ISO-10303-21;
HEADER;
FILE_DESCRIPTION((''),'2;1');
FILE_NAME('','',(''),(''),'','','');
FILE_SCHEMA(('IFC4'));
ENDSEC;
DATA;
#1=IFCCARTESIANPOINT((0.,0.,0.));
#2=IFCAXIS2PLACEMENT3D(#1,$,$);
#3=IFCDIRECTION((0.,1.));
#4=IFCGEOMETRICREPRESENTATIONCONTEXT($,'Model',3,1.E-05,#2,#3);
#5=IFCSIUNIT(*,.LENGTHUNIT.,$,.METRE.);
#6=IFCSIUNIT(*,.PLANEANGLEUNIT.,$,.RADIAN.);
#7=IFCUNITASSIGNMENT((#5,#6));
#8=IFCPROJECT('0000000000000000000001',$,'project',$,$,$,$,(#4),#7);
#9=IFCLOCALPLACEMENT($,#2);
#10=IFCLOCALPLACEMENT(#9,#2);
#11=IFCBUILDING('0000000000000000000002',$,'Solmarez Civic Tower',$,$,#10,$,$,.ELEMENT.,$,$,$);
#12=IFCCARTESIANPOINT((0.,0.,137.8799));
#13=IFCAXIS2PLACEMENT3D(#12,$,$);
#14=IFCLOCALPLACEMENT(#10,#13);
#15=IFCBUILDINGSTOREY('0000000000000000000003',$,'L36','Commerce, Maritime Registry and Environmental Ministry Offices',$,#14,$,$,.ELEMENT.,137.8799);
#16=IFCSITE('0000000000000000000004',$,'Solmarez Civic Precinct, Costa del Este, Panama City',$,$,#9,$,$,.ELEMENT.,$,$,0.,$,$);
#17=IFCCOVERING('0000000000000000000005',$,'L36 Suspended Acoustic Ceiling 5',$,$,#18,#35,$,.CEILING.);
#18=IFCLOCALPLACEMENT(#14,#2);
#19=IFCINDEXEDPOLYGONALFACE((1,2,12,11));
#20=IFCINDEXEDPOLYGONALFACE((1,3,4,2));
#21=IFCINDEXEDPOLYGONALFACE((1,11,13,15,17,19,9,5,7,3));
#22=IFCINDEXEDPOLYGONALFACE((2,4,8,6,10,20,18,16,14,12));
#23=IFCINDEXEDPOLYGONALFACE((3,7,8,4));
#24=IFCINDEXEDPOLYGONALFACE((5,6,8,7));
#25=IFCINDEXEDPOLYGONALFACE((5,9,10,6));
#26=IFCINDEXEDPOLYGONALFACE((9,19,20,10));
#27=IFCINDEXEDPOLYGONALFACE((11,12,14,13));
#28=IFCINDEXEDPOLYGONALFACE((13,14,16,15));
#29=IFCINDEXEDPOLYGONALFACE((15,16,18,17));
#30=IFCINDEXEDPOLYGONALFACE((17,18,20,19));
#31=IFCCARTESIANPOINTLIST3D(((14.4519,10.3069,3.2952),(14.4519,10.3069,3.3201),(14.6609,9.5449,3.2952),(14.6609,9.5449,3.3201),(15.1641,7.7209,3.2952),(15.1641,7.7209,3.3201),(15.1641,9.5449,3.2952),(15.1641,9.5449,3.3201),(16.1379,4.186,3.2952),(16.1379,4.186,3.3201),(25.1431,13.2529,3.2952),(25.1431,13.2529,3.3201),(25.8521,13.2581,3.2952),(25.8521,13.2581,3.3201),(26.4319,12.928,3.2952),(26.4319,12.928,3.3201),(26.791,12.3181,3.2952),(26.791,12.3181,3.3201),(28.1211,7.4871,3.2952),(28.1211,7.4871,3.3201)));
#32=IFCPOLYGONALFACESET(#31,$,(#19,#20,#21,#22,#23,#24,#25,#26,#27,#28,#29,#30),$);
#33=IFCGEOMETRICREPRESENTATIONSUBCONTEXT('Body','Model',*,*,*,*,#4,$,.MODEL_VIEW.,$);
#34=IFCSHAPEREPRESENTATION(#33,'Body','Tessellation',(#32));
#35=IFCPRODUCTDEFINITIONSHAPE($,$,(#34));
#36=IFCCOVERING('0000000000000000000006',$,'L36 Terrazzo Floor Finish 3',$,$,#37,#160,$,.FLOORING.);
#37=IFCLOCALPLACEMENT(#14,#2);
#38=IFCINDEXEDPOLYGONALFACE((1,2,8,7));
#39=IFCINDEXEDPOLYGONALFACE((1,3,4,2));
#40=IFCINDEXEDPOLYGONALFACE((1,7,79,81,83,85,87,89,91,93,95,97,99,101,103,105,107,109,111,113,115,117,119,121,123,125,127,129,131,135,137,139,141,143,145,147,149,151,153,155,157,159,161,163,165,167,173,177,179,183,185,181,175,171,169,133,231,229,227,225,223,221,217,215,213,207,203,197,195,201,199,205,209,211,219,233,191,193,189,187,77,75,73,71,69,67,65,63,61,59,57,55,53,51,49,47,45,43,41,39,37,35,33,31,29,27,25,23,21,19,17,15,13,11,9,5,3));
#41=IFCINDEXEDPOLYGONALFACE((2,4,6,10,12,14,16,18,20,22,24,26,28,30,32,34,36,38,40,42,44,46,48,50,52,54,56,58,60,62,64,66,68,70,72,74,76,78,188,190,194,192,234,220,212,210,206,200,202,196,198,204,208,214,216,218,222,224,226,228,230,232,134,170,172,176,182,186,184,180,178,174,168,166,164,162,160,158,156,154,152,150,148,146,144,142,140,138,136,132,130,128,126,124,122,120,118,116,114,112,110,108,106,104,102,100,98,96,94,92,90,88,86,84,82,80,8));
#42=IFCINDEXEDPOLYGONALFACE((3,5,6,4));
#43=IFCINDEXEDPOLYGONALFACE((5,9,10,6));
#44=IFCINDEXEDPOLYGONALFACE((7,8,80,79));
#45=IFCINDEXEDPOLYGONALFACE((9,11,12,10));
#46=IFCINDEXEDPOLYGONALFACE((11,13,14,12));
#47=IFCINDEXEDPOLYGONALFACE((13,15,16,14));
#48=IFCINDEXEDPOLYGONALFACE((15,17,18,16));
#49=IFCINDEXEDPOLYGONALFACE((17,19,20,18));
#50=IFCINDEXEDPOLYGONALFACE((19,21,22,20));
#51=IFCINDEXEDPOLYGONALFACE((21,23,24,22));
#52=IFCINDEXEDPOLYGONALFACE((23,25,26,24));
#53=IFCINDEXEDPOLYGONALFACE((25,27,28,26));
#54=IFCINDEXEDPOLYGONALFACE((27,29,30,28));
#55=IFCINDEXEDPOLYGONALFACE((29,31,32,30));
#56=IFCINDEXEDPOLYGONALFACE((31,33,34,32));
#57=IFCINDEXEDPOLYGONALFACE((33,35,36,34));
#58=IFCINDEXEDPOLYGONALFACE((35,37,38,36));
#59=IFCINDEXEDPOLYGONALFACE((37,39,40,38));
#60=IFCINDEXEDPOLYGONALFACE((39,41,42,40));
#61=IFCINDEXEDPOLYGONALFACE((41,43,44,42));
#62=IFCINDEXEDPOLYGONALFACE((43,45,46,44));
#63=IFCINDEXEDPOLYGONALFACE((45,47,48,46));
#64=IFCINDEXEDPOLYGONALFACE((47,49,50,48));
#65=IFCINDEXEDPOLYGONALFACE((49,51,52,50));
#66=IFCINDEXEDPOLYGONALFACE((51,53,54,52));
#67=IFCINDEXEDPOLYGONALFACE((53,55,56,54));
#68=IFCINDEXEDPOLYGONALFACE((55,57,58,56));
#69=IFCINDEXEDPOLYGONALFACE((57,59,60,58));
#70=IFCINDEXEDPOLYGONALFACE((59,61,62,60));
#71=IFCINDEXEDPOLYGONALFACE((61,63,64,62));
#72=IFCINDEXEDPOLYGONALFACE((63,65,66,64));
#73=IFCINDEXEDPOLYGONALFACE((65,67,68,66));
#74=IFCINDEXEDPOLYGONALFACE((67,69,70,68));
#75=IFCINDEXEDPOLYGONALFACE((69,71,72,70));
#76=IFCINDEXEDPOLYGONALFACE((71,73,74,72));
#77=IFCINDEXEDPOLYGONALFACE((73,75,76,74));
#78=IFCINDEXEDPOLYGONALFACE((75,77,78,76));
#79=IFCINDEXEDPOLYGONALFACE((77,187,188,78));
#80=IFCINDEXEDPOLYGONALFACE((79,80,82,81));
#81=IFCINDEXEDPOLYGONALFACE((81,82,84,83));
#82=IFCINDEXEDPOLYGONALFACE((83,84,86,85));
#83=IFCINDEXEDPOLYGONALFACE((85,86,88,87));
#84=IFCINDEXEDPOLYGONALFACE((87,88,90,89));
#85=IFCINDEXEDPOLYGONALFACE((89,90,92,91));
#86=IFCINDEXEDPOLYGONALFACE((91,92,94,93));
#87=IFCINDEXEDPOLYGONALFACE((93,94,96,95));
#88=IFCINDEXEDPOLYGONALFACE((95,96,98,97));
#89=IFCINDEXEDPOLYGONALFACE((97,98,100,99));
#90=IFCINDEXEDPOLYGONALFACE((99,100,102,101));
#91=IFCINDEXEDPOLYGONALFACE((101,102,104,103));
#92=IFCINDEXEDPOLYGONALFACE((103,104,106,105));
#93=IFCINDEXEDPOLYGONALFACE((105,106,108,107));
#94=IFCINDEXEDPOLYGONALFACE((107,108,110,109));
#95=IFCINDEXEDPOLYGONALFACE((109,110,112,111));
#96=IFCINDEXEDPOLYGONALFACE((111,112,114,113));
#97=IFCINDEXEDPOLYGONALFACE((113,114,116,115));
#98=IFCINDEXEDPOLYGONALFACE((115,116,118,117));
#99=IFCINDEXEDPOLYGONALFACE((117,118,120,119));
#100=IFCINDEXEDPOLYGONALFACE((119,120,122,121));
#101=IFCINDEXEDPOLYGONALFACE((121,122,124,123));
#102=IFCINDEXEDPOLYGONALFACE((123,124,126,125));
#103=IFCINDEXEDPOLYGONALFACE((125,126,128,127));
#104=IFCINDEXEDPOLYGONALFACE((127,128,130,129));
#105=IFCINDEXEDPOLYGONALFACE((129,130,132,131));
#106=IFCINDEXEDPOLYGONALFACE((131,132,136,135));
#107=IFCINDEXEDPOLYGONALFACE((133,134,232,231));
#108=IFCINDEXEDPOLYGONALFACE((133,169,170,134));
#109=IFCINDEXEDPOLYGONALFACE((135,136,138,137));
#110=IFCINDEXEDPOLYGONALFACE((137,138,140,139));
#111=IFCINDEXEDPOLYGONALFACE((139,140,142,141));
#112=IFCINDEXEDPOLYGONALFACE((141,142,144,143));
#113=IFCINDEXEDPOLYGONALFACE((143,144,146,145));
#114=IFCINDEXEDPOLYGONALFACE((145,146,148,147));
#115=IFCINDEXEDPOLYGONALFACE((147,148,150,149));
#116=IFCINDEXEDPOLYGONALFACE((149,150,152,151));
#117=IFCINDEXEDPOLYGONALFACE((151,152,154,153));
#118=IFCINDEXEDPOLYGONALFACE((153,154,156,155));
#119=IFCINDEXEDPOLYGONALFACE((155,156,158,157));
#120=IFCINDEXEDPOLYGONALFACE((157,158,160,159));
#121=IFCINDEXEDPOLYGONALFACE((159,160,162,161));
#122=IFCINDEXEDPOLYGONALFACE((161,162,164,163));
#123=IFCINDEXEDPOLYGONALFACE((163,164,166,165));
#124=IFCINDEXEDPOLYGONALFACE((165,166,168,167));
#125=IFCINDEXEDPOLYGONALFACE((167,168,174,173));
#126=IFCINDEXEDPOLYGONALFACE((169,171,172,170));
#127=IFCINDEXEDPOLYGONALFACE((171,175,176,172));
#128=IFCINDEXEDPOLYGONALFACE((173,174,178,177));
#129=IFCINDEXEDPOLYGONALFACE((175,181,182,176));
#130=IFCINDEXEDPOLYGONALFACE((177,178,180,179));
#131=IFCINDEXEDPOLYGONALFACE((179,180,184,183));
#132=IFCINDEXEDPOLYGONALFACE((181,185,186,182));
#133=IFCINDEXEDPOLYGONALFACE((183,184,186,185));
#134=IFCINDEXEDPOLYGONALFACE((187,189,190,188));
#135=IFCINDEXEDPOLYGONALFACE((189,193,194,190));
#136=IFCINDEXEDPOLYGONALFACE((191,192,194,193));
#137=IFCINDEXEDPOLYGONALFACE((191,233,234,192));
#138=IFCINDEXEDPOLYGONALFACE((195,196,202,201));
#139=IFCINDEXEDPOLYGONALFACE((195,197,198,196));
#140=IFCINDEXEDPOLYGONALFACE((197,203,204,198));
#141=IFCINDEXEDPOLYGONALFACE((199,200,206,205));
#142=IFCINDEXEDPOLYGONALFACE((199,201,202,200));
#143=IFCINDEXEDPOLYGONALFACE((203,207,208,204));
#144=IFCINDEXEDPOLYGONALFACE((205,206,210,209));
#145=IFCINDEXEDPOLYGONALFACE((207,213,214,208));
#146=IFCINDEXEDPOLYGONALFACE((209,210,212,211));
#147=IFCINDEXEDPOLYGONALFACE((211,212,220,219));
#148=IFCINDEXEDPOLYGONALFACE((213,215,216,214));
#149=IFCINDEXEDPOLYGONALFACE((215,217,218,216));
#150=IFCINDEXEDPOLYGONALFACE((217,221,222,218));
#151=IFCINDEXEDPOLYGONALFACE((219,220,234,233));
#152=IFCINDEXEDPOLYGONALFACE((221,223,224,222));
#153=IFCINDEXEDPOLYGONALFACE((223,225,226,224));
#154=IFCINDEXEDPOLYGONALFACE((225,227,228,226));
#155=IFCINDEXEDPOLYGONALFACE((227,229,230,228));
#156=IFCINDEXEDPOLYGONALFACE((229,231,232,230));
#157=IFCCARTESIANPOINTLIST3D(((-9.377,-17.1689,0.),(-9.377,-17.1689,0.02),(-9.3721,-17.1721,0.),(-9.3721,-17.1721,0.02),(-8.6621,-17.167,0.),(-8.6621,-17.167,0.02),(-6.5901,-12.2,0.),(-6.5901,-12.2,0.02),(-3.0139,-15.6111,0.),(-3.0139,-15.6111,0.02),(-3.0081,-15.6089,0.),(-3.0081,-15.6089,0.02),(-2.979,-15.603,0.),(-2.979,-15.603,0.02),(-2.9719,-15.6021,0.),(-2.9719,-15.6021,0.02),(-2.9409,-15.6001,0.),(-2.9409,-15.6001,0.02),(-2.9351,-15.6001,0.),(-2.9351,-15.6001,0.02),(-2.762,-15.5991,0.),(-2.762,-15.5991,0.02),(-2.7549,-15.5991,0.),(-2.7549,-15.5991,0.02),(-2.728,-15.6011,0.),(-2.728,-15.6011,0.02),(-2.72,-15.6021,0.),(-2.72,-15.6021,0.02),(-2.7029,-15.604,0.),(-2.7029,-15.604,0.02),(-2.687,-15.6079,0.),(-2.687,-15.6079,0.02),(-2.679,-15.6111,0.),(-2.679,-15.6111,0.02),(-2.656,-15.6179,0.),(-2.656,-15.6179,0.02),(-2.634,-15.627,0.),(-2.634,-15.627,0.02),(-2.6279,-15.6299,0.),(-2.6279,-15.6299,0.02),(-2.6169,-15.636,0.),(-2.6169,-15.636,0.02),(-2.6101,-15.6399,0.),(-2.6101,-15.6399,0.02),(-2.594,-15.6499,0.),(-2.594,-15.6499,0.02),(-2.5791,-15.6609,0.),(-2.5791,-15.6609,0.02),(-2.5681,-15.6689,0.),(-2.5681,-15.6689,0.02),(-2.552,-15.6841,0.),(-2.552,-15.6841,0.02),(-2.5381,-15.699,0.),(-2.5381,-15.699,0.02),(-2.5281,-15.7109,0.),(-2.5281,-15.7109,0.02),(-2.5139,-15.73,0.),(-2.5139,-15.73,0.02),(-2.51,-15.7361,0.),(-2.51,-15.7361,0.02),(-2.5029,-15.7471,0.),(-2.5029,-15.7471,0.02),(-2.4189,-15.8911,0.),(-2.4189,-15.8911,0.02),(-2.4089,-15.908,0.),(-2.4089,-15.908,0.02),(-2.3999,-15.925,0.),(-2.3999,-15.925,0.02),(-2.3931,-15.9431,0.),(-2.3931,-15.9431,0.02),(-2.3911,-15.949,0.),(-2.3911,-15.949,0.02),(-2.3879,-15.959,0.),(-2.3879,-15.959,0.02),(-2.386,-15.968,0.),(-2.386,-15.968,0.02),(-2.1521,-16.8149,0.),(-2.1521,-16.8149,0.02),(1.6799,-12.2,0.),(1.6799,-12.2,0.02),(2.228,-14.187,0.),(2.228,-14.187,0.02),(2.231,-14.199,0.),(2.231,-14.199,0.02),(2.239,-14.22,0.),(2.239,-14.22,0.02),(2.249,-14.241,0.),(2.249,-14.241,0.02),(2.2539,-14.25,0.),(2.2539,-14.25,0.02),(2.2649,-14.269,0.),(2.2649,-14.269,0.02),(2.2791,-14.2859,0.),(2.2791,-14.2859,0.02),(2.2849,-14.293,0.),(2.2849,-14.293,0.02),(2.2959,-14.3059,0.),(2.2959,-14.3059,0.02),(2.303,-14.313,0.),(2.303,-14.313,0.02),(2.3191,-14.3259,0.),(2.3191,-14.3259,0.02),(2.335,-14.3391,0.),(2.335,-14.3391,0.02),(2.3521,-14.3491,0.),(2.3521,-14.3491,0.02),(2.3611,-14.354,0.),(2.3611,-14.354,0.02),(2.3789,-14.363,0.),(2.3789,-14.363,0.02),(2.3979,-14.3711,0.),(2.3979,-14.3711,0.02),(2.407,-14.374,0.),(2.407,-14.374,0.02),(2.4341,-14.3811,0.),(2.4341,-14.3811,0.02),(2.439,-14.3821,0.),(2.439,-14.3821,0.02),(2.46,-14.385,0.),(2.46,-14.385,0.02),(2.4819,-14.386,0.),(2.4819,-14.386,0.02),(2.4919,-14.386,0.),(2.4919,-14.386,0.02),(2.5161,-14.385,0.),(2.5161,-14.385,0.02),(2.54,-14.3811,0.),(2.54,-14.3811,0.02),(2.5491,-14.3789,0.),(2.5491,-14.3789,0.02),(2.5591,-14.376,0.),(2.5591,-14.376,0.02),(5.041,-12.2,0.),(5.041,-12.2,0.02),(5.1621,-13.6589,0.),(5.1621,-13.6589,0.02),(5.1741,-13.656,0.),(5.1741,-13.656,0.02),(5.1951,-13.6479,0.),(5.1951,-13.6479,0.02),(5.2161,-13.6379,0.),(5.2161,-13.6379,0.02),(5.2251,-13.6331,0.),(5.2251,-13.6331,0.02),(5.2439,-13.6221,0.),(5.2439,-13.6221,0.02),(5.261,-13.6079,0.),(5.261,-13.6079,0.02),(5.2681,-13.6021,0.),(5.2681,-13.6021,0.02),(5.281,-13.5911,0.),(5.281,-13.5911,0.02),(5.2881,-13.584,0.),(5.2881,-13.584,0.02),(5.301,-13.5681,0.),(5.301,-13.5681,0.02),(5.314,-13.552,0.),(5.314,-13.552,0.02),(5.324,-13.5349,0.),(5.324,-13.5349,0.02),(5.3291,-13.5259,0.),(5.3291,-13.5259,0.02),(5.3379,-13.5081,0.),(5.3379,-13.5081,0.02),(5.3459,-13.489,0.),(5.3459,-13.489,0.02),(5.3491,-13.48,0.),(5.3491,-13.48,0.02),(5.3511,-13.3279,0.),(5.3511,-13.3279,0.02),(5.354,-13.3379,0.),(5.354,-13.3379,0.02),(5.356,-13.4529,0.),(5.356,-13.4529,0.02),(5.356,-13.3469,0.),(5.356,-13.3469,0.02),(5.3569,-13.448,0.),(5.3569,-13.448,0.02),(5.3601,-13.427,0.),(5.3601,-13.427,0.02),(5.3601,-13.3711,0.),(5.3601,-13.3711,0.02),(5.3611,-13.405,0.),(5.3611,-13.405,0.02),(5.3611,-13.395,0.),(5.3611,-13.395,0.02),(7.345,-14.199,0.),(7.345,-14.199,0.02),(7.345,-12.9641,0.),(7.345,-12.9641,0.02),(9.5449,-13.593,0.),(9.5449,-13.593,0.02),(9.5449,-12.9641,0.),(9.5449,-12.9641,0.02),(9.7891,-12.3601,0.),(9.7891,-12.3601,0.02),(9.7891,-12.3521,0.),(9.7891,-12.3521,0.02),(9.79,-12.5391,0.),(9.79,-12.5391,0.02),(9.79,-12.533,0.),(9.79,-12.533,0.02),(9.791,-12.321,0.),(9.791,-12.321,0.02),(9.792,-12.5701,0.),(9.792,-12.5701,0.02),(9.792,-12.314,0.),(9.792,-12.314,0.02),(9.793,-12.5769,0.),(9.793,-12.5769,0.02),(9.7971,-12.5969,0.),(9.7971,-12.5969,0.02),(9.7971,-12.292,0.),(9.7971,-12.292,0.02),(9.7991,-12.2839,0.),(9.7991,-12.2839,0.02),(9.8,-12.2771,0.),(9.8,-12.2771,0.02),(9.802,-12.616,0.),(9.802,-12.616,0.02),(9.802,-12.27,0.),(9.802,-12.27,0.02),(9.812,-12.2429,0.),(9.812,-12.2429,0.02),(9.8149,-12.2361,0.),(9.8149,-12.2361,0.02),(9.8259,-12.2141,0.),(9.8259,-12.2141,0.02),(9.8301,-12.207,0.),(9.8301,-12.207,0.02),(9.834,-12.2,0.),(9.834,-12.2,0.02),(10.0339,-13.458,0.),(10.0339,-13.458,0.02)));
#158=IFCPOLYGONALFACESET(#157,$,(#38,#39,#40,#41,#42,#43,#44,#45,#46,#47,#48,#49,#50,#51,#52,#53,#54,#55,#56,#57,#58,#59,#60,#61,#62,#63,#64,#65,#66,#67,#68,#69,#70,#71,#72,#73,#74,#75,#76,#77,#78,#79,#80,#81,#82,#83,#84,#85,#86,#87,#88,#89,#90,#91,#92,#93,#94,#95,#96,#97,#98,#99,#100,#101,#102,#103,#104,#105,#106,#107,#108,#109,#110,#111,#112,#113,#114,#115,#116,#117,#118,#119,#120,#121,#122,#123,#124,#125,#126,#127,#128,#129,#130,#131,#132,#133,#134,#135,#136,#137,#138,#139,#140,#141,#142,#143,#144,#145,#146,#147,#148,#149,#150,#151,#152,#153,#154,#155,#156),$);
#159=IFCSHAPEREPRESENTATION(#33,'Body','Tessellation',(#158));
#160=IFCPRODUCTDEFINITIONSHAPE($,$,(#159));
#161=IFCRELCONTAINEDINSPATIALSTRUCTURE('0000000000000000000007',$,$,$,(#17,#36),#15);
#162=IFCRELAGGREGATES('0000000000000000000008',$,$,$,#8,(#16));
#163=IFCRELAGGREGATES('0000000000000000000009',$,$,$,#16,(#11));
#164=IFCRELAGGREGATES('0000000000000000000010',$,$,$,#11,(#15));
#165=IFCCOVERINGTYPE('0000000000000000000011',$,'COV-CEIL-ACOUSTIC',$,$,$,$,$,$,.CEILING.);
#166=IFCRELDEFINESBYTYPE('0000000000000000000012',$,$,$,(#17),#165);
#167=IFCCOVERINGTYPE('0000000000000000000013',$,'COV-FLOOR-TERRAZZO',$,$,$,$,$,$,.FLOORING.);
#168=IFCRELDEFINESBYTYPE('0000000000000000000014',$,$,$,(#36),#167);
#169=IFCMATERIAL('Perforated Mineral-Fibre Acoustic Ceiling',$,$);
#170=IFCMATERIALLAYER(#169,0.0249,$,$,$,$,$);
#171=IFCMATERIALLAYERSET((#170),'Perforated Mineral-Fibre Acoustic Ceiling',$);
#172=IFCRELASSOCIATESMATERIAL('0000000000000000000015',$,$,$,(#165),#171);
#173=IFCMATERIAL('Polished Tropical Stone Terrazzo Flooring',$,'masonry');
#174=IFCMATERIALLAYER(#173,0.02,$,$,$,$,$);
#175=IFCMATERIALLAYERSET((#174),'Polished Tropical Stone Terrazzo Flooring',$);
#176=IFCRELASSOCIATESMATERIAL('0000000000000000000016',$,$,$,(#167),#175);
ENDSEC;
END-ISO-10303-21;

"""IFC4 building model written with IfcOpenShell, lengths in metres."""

from ifc_helpers import new_model, si_unit, direction, frame, origin, place, context, subcontext, project, spatial, polyline, outline, extrude, material, layer, layer_set, type_object, element, save


model = new_model("IFC4")

# Units and contexts
model_context = context("Model", 3, precision=1e-05, world=origin(), true_north=direction((0.0, 1.0)))
body_context = subcontext(model_context, "Body", "Model", "MODEL_VIEW")
ifc_project = project(units=[si_unit("LENGTHUNIT", "METRE"), si_unit("PLANEANGLEUNIT", "RADIAN")], contexts=[model_context])

# Site, building, storey
site_placement = place(None, origin())
site = spatial("IfcSite", under=ifc_project, at=site_placement, Name="Solmarez Civic Precinct, Costa del Este, Panama City", CompositionType="ELEMENT", RefElevation=0.0)
building_placement = place(site_placement, origin())
building = spatial("IfcBuilding", under=site, at=building_placement, Name="Solmarez Civic Tower", CompositionType="ELEMENT")
storey_placement = place(building_placement, frame((0.0, 0.0, 137.8799)))
storey = spatial("IfcBuildingStorey", under=building, at=storey_placement, Name="L36", Description="Commerce, Maritime Registry and Environmental Ministry Offices", CompositionType="ELEMENT", Elevation=137.8799)

# Coverings
ifc_material_1 = material(Name="Perforated Mineral-Fibre Acoustic Ceiling")
ifc_layer_1 = layer(ifc_material_1, 0.0249)
ifc_layer_set_1 = layer_set([ifc_layer_1], Name="Perforated Mineral-Fibre Acoustic Ceiling")
covering_type_1 = type_object("IfcCoveringType", Name="COV-CEIL-ACOUSTIC", PredefinedType="CEILING", material=ifc_layer_set_1)
covering_1_placement = place(storey_placement, frame((0.0, 0.0, 3.2952)))
element("IfcCovering", 1, at=covering_1_placement, inside=storey, type_object=covering_type_1, Name="L36 Suspended Acoustic Ceiling 5", PredefinedType="CEILING", context=body_context, shape_type="SweptSolid", body=[
    extrude(outline(polyline([(28.1211, 7.4871), (26.791, 12.3181), (26.4319, 12.928), (25.8521, 13.2581), (25.1431, 13.2529), (14.4519, 10.3069), (14.6609, 9.5449), (15.1641, 9.5449), (15.1641, 7.7209), (16.1379, 4.186), (28.1211, 7.4871)])), origin(), (0.0, 0.0, 1.0), 0.0249),
])
ifc_material_2 = material(Name="Polished Tropical Stone Terrazzo Flooring", Category="masonry")
ifc_layer_2 = layer(ifc_material_2, 0.02)
ifc_layer_set_2 = layer_set([ifc_layer_2], Name="Polished Tropical Stone Terrazzo Flooring")
covering_type_2 = type_object("IfcCoveringType", Name="COV-FLOOR-TERRAZZO", PredefinedType="FLOORING", material=ifc_layer_set_2)
covering_2_placement = place(storey_placement, origin())
element("IfcCovering", 2, at=covering_2_placement, inside=storey, type_object=covering_type_2, Name="L36 Terrazzo Floor Finish 3", PredefinedType="FLOORING", context=body_context, shape_type="SweptSolid", body=[
    extrude(outline(polyline([(-2.5791, -15.6609), (-2.5681, -15.6689), (-2.552, -15.6841), (-2.5381, -15.699), (-2.5281, -15.7109), (-2.5139, -15.73), (-2.51, -15.7361), (-2.5029, -15.7471), (-2.4189, -15.8911), (-2.4089, -15.908), (-2.3999, -15.925), (-2.3931, -15.9431), (-2.3911, -15.949), (-2.3879, -15.959), (-2.386, -15.968), (-2.1521, -16.8149), (7.345, -14.199), (7.345, -12.9641), (9.5449, -12.9641), (9.5449, -13.593), (10.0339, -13.458), (9.802, -12.616), (9.7971, -12.5969), (9.793, -12.5769), (9.792, -12.5701), (9.79, -12.5391), (9.79, -12.533), (9.7891, -12.3601), (9.7891, -12.3521), (9.791, -12.321), (9.792, -12.314), (9.7971, -12.292), (9.7991, -12.2839), (9.8, -12.2771), (9.802, -12.27), (9.812, -12.2429), (9.8149, -12.2361), (9.8259, -12.2141), (9.8301, -12.207), (9.834, -12.2), (5.041, -12.2), (5.3511, -13.3279), (5.354, -13.3379), (5.356, -13.3469), (5.3601, -13.3711), (5.3611, -13.395), (5.3611, -13.405), (5.3601, -13.427), (5.3569, -13.448), (5.356, -13.4529), (5.3491, -13.48), (5.3459, -13.489), (5.3379, -13.5081), (5.3291, -13.5259), (5.324, -13.5349), (5.314, -13.552), (5.301, -13.5681), (5.2881, -13.584), (5.281, -13.5911), (5.2681, -13.6021), (5.261, -13.6079), (5.2439, -13.6221), (5.2251, -13.6331), (5.2161, -13.6379), (5.1951, -13.6479), (5.1741, -13.656), (5.1621, -13.6589), (2.5591, -14.376), (2.5491, -14.3789), (2.54, -14.3811), (2.5161, -14.385), (2.4919, -14.386), (2.4819, -14.386), (2.46, -14.385), (2.439, -14.3821), (2.4341, -14.3811), (2.407, -14.374), (2.3979, -14.3711), (2.3789, -14.363), (2.3611, -14.354), (2.3521, -14.3491), (2.335, -14.3391), (2.3191, -14.3259), (2.303, -14.313), (2.2959, -14.3059), (2.2849, -14.293), (2.2791, -14.2859), (2.2649, -14.269), (2.2539, -14.25), (2.249, -14.241), (2.239, -14.22), (2.231, -14.199), (2.228, -14.187), (1.6799, -12.2), (-6.5901, -12.2), (-9.377, -17.1689), (-9.3721, -17.1721), (-8.6621, -17.167), (-3.0139, -15.6111), (-3.0081, -15.6089), (-2.979, -15.603), (-2.9719, -15.6021), (-2.9409, -15.6001), (-2.9351, -15.6001), (-2.762, -15.5991), (-2.7549, -15.5991), (-2.728, -15.6011), (-2.72, -15.6021), (-2.7029, -15.604), (-2.687, -15.6079), (-2.679, -15.6111), (-2.656, -15.6179), (-2.634, -15.627), (-2.6279, -15.6299), (-2.6169, -15.636), (-2.6101, -15.6399), (-2.594, -15.6499), (-2.5791, -15.6609)])), origin(), (0.0, 0.0, 1.0), 0.02),
])

save(model, "model.ifc")
